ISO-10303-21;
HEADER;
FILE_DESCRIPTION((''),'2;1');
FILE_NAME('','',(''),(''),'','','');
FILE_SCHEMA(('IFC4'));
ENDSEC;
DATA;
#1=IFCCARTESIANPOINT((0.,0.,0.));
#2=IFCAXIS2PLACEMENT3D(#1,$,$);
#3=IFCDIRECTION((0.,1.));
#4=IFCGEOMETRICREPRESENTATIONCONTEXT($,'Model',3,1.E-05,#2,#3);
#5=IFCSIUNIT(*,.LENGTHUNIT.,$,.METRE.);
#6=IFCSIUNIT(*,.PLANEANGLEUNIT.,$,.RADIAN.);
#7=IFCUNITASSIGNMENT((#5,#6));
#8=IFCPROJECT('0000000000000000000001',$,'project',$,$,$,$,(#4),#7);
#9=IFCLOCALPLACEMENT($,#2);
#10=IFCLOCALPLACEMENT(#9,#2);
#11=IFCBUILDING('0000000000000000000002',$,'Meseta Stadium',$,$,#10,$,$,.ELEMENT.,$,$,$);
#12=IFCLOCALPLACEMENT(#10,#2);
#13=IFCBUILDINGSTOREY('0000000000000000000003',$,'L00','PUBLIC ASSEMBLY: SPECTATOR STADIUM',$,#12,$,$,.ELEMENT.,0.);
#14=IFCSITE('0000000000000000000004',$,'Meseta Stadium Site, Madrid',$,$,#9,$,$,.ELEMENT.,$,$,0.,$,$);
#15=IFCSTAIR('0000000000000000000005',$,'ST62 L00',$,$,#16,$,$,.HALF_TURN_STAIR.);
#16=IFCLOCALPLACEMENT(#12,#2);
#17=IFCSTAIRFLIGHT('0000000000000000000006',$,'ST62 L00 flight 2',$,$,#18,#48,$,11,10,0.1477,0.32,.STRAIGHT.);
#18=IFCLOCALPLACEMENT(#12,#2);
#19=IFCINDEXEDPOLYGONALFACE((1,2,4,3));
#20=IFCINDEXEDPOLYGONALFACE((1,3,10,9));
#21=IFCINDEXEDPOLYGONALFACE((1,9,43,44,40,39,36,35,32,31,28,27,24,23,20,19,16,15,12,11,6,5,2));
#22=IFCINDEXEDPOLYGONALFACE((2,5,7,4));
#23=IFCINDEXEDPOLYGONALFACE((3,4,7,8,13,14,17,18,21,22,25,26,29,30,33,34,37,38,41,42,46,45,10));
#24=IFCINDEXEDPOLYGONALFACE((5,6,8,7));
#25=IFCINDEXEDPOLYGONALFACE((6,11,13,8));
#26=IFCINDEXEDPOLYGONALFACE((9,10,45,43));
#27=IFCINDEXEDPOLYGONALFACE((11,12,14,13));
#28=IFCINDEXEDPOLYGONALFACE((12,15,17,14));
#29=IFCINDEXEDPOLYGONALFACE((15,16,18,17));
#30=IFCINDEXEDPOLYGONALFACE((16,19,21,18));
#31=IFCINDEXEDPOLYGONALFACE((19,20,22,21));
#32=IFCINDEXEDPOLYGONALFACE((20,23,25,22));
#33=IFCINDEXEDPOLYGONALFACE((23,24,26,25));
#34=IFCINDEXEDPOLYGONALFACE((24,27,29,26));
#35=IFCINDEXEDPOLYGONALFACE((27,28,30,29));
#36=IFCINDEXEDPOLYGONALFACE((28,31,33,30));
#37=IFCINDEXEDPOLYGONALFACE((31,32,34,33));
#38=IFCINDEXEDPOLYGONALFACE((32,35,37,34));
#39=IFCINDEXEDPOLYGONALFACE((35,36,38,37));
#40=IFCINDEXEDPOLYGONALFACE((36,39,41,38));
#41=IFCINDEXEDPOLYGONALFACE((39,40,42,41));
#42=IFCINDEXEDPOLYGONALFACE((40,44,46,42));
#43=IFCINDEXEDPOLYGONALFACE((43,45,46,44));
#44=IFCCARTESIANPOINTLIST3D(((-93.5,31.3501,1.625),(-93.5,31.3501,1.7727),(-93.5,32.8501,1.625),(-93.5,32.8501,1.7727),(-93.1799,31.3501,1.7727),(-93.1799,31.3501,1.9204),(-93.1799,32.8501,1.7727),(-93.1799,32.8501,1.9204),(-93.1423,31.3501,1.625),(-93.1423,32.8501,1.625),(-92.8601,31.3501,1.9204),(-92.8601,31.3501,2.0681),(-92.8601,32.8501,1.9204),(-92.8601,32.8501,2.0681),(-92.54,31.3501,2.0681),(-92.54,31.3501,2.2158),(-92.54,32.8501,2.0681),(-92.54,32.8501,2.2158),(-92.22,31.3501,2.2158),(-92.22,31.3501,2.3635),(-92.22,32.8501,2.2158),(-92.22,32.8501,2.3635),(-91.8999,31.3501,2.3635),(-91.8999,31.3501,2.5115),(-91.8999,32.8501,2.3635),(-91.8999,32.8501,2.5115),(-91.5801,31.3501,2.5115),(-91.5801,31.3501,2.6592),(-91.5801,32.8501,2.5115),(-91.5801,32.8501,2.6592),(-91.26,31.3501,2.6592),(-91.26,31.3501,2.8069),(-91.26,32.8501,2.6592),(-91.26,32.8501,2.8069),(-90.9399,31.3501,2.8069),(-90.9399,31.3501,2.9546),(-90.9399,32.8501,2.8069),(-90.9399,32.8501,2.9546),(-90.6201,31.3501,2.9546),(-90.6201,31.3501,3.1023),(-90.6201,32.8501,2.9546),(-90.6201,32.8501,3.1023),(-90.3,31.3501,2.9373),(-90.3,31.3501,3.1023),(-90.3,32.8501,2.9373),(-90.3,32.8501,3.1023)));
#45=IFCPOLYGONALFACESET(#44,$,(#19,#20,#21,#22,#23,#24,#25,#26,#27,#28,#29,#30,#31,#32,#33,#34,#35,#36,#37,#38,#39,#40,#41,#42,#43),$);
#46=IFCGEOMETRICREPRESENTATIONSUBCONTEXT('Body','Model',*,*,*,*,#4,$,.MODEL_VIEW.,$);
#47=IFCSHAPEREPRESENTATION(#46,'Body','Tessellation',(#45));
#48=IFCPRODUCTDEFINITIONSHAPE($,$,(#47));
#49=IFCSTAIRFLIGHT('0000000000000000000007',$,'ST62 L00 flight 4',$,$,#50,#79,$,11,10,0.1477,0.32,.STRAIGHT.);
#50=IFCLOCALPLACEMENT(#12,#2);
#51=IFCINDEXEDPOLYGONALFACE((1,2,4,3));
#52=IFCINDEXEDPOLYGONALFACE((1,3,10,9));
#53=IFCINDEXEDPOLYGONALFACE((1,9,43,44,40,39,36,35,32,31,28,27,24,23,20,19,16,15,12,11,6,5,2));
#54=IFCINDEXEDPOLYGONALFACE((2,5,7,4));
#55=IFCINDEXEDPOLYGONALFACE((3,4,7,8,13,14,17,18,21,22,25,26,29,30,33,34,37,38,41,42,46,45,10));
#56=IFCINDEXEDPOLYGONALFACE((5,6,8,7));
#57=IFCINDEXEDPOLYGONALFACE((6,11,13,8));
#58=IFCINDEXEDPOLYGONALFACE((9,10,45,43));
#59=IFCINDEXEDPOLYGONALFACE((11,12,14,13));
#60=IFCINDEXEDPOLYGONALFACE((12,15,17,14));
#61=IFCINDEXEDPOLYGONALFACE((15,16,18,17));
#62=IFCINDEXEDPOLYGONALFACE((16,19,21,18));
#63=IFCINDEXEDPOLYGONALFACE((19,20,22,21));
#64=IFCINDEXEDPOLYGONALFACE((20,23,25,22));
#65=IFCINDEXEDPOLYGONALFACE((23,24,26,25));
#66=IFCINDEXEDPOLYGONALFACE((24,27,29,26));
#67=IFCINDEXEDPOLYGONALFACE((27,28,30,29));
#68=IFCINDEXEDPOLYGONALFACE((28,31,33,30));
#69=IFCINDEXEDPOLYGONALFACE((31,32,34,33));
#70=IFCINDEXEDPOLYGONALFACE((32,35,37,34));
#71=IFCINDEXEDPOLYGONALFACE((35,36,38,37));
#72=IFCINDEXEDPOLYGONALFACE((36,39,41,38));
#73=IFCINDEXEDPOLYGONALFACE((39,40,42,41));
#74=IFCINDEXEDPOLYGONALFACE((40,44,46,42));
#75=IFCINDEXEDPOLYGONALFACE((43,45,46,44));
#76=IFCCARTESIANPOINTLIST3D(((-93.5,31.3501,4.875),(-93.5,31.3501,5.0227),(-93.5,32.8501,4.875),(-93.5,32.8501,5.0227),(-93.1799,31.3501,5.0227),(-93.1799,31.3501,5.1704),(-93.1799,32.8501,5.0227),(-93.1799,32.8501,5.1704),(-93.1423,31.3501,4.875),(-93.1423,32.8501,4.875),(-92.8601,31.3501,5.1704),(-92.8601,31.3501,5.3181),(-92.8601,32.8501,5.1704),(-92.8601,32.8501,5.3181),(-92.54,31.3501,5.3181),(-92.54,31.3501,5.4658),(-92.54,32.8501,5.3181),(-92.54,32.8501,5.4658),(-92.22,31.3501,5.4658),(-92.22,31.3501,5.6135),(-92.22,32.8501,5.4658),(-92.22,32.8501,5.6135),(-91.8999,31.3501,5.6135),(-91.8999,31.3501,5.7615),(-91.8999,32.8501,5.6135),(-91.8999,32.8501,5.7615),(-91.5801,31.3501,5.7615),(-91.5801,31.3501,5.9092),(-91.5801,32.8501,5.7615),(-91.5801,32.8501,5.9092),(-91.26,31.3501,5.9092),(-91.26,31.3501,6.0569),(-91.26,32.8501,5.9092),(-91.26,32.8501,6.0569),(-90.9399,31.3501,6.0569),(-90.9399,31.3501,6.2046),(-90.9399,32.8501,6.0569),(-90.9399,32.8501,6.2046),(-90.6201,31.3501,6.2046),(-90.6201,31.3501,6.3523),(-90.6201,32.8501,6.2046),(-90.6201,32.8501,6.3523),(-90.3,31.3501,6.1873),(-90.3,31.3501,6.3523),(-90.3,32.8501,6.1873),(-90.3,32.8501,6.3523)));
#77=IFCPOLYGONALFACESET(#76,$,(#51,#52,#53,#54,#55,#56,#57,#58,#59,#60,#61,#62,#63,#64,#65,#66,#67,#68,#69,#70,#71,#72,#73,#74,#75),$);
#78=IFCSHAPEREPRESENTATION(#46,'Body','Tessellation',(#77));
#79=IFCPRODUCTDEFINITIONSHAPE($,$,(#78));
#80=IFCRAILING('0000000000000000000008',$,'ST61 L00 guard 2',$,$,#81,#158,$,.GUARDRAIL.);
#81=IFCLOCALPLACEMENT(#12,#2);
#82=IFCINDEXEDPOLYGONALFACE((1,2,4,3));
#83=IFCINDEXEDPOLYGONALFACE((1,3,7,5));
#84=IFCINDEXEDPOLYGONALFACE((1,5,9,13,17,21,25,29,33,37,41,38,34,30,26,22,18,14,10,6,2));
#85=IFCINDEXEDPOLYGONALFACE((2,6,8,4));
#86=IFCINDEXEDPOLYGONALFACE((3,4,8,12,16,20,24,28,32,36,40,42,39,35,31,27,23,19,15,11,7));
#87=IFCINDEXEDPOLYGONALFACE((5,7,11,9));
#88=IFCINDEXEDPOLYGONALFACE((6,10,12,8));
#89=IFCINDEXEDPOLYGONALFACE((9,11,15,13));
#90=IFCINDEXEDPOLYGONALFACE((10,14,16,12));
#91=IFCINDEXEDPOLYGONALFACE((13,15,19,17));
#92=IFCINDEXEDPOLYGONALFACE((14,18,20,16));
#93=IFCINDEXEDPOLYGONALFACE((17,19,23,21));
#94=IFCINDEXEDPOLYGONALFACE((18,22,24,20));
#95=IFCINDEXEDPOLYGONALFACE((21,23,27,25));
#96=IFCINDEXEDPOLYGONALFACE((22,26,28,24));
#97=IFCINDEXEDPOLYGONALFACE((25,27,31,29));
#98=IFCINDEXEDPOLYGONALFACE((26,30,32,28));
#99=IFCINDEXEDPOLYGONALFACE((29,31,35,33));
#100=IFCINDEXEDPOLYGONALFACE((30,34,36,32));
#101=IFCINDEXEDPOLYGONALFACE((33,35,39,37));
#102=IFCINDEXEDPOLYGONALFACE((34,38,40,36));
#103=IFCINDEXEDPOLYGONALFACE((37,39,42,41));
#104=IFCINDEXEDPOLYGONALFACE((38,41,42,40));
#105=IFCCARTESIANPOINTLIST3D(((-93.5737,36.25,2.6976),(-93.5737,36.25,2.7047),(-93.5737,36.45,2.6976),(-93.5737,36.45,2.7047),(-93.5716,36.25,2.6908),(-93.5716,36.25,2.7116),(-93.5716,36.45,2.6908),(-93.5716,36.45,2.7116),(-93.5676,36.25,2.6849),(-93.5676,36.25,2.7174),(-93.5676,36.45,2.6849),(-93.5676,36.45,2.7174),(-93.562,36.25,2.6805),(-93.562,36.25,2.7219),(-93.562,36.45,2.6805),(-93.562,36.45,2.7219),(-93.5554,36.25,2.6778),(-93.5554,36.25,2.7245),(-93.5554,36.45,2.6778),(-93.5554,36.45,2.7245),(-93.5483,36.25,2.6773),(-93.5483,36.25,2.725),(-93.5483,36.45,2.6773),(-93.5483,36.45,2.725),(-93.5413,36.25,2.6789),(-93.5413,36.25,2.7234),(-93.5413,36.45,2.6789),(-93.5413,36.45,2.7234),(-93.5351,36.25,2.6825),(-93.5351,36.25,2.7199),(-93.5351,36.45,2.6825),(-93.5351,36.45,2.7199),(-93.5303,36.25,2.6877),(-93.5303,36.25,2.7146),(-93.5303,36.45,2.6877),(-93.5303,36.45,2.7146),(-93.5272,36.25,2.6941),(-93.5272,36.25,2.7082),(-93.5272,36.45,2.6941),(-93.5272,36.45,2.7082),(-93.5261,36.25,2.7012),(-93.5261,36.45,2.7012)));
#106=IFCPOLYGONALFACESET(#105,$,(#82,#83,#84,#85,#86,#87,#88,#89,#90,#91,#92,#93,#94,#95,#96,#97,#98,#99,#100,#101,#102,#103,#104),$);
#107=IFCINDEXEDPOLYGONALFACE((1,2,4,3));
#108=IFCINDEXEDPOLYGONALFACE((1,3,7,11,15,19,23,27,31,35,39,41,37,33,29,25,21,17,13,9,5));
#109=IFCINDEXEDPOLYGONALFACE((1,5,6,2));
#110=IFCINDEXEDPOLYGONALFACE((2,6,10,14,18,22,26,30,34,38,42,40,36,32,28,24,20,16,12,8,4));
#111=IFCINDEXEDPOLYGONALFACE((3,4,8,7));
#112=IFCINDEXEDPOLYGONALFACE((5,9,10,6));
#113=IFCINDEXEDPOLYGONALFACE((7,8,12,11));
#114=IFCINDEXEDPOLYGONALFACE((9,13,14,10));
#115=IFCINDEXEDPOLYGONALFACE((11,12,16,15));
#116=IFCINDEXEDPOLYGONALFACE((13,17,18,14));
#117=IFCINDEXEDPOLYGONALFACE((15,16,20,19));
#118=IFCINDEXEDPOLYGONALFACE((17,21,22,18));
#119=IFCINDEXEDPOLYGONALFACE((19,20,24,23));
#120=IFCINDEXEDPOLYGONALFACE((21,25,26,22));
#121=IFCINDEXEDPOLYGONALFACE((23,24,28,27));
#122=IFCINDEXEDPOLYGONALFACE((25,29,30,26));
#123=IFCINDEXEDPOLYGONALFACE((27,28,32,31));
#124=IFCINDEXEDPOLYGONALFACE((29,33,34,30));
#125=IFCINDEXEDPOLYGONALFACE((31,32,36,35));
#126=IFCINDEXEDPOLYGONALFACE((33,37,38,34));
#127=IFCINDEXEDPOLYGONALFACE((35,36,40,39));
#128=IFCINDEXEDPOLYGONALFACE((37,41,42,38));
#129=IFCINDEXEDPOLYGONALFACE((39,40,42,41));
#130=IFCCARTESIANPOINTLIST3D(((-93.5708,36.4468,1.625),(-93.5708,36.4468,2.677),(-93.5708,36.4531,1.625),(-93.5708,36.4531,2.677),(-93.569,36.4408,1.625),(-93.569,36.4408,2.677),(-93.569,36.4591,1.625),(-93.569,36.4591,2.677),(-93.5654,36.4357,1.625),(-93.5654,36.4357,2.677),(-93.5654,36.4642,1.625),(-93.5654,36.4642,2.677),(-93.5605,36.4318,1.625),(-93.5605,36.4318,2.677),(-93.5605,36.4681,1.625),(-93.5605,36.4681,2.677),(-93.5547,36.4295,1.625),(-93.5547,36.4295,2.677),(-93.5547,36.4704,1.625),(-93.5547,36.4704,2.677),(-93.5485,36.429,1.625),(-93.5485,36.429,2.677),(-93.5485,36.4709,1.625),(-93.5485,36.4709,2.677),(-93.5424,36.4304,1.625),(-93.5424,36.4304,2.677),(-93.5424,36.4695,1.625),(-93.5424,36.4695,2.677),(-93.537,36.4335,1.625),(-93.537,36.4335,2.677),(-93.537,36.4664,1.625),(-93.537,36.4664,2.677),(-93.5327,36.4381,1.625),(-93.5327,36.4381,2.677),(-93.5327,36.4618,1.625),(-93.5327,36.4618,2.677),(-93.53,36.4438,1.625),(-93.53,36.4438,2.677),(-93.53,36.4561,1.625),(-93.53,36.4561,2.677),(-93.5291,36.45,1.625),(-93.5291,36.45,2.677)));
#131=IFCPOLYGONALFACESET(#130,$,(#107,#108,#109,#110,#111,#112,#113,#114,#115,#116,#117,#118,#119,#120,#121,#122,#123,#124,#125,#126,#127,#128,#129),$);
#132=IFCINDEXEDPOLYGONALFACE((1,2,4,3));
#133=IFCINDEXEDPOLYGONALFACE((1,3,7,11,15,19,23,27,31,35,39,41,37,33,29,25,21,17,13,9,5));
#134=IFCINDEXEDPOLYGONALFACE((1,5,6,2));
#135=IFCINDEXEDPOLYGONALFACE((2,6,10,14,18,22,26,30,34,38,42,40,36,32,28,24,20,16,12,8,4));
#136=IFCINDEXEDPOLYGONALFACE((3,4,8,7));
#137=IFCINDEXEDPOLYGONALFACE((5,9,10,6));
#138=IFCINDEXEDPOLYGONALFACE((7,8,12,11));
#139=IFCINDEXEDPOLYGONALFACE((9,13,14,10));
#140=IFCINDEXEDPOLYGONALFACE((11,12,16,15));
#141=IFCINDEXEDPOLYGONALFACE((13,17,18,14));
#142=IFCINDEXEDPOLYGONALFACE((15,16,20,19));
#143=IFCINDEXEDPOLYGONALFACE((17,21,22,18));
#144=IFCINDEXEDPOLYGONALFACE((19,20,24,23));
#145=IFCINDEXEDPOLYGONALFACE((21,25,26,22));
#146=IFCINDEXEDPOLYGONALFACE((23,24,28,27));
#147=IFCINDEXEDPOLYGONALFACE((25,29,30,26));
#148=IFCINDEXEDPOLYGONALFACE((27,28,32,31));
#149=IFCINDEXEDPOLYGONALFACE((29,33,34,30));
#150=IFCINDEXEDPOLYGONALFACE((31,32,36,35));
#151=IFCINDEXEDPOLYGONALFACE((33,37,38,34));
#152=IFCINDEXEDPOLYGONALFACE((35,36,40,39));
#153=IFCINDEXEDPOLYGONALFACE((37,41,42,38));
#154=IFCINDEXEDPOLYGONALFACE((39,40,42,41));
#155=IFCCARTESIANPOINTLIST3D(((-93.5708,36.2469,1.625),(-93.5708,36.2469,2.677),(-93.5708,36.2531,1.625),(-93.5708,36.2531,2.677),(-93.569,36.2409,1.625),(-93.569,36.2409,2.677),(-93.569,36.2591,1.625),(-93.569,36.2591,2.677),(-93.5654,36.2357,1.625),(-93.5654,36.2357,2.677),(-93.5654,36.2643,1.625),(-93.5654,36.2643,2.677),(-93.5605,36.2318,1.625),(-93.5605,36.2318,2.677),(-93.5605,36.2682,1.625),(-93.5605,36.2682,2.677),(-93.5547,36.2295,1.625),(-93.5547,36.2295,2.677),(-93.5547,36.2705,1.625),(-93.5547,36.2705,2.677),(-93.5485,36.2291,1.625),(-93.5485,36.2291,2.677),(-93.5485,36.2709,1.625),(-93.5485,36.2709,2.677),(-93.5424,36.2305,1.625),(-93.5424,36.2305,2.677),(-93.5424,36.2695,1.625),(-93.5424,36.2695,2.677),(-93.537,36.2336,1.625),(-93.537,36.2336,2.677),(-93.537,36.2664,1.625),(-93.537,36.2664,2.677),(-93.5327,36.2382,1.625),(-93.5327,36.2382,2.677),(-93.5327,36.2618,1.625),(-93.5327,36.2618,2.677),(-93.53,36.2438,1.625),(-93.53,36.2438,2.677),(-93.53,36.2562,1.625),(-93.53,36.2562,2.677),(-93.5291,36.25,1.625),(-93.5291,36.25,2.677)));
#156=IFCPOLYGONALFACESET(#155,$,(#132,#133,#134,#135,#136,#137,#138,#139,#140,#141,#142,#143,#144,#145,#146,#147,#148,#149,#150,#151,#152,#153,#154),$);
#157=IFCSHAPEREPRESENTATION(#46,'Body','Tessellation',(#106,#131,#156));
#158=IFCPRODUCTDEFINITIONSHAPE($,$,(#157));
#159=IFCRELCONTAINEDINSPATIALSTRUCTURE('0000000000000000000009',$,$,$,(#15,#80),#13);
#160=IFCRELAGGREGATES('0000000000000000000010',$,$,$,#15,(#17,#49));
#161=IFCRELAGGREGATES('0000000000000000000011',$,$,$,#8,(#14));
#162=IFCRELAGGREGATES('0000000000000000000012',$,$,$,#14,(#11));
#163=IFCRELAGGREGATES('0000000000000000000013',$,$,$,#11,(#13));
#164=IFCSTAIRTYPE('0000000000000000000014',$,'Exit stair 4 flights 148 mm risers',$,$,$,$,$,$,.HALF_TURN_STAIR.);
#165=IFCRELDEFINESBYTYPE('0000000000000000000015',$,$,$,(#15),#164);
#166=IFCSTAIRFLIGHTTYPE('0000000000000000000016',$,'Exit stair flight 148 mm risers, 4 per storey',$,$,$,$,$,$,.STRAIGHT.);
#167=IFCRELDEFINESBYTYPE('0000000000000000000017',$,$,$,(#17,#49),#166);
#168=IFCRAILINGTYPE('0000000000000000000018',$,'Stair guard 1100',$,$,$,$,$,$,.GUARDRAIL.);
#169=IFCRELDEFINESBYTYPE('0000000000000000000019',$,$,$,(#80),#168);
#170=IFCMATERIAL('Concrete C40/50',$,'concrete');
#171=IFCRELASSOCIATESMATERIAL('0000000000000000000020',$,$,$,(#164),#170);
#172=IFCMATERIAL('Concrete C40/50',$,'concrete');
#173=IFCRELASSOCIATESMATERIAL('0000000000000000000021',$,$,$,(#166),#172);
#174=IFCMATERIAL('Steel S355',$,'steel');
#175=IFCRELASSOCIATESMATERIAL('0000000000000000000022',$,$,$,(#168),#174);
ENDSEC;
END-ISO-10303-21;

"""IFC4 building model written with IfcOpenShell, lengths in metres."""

from ifc_helpers import new_model, si_unit, direction, frame, origin, origin_2d, place, context, subcontext, project, spatial, polyline, circle, outline, extrude, material, type_object, element, aggregate, save


model = new_model("IFC4")

# Units and contexts
model_context = context("Model", 3, precision=1e-05, world=origin(), true_north=direction((0.0, 1.0)))
body_context = subcontext(model_context, "Body", "Model", "MODEL_VIEW")
ifc_project = project(units=[si_unit("LENGTHUNIT", "METRE"), si_unit("PLANEANGLEUNIT", "RADIAN")], contexts=[model_context])

# Site, building, storey
site_placement = place(None, origin())
site = spatial("IfcSite", under=ifc_project, at=site_placement, Name="Meseta Stadium Site, Madrid", CompositionType="ELEMENT", RefElevation=0.0)
building_placement = place(site_placement, origin())
building = spatial("IfcBuilding", under=site, at=building_placement, Name="Meseta Stadium", CompositionType="ELEMENT")
storey_placement = place(building_placement, origin())
storey = spatial("IfcBuildingStorey", under=building, at=storey_placement, Name="L00", Description="PUBLIC ASSEMBLY: SPECTATOR STADIUM", CompositionType="ELEMENT", Elevation=0.0)

# Stair, stair flights
ifc_material_1 = material(Name="Concrete C40/50", Category="concrete")
stair_type = type_object("IfcStairType", Name="Exit stair 4 flights 148 mm risers", PredefinedType="HALF_TURN_STAIR", material=ifc_material_1)
ifc_material_2 = material(Name="Concrete C40/50", Category="concrete")
stair_flight_type = type_object("IfcStairFlightType", Name="Exit stair flight 148 mm risers, 4 per storey", PredefinedType="STRAIGHT", material=ifc_material_2)
stair_1_placement = place(storey_placement, origin())
stair_1 = element("IfcStair", 1, at=stair_1_placement, inside=storey, type_object=stair_type, Name="ST62 L00", PredefinedType="HALF_TURN_STAIR")
stair_flight_1_placement = place(storey_placement, frame((-93.5, 32.1001, 1.625), z_axis=(0.0, 0.0, 1.0), x_axis=(1.0, 0.0, 0.0)))
stair_flight_1 = element("IfcStairFlight", 2, at=stair_flight_1_placement, type_object=stair_flight_type, Name="ST62 L00 flight 2", NumberOfRisers=11, NumberOfTreads=10, PredefinedType="STRAIGHT", RiserHeight=0.1477, TreadLength=0.32, context=body_context, shape_type="SweptSolid", body=[
    extrude(outline(polyline([(0.0, 0.0), (0.0, 0.1477), (0.3201, 0.1477), (0.3201, 0.2954), (0.6399, 0.2954), (0.6399, 0.4431), (0.96, 0.4431), (0.96, 0.5908), (1.28, 0.5908), (1.28, 0.7385), (1.6001, 0.7385), (1.6001, 0.8865), (1.9199, 0.8865), (1.9199, 1.0342), (2.24, 1.0342), (2.24, 1.1819), (2.5601, 1.1819), (2.5601, 1.3296), (2.8799, 1.3296), (2.8799, 1.4773), (3.2, 1.4773), (3.2, 1.3123), (0.3577, 0.0), (0.0, 0.0)])), frame((0.0, 0.75, 0.0), z_axis=(0.0, -1.0, 0.0), x_axis=(1.0, 0.0, 0.0)), (0.0, 0.0, 1.0), 1.5),
])
stair_flight_2_placement = place(storey_placement, frame((-93.5, 32.1001, 4.875), z_axis=(0.0, 0.0, 1.0), x_axis=(1.0, 0.0, 0.0)))
stair_flight_2 = element("IfcStairFlight", 3, at=stair_flight_2_placement, type_object=stair_flight_type, Name="ST62 L00 flight 4", NumberOfRisers=11, NumberOfTreads=10, PredefinedType="STRAIGHT", RiserHeight=0.1477, TreadLength=0.32, context=body_context, shape_type="SweptSolid", body=[
    extrude(outline(polyline([(0.0, 0.0), (0.0, 0.1477), (0.3201, 0.1477), (0.3201, 0.2954), (0.6399, 0.2954), (0.6399, 0.4431), (0.96, 0.4431), (0.96, 0.5908), (1.28, 0.5908), (1.28, 0.7385), (1.6001, 0.7385), (1.6001, 0.8865), (1.9199, 0.8865), (1.9199, 1.0342), (2.24, 1.0342), (2.24, 1.1819), (2.5601, 1.1819), (2.5601, 1.3296), (2.8799, 1.3296), (2.8799, 1.4773), (3.2, 1.4773), (3.2, 1.3123), (0.3577, 0.0), (0.0, 0.0)])), frame((0.0, 0.75, 0.0), z_axis=(0.0, -1.0, 0.0), x_axis=(1.0, 0.0, 0.0)), (0.0, 0.0, 1.0), 1.5),
])
aggregate(stair_1, [stair_flight_1, stair_flight_2])

# Railing
ifc_material_3 = material(Name="Steel S355", Category="steel")
railing_type_1 = type_object("IfcRailingType", Name="Stair guard 1100", PredefinedType="GUARDRAIL", material=ifc_material_3)
railing_1_placement = place(storey_placement, frame((-93.55, 36.45, 1.625)))
element("IfcRailing", 4, at=railing_1_placement, inside=storey, type_object=railing_type_1, Name="ST61 L00 guard 2", PredefinedType="GUARDRAIL", context=body_context, shape_type="SweptSolid", body=[
    extrude(circle(Radius=0.0239, at=origin_2d()), frame((0.0, 0.0, 1.0762), z_axis=(0.0, -1.0, 0.0), x_axis=(1.0, 0.0, 0.0)), (0.0, 0.0, 1.0), 0.2),
    extrude(circle(Radius=0.021, at=origin_2d()), origin(), (0.0, 0.0, 1.0), 1.052),
    extrude(circle(Radius=0.021, at=origin_2d()), frame((0.0, -0.2, 0.0)), (0.0, 0.0, 1.0), 1.052),
])

save(model, "model.ifc")
